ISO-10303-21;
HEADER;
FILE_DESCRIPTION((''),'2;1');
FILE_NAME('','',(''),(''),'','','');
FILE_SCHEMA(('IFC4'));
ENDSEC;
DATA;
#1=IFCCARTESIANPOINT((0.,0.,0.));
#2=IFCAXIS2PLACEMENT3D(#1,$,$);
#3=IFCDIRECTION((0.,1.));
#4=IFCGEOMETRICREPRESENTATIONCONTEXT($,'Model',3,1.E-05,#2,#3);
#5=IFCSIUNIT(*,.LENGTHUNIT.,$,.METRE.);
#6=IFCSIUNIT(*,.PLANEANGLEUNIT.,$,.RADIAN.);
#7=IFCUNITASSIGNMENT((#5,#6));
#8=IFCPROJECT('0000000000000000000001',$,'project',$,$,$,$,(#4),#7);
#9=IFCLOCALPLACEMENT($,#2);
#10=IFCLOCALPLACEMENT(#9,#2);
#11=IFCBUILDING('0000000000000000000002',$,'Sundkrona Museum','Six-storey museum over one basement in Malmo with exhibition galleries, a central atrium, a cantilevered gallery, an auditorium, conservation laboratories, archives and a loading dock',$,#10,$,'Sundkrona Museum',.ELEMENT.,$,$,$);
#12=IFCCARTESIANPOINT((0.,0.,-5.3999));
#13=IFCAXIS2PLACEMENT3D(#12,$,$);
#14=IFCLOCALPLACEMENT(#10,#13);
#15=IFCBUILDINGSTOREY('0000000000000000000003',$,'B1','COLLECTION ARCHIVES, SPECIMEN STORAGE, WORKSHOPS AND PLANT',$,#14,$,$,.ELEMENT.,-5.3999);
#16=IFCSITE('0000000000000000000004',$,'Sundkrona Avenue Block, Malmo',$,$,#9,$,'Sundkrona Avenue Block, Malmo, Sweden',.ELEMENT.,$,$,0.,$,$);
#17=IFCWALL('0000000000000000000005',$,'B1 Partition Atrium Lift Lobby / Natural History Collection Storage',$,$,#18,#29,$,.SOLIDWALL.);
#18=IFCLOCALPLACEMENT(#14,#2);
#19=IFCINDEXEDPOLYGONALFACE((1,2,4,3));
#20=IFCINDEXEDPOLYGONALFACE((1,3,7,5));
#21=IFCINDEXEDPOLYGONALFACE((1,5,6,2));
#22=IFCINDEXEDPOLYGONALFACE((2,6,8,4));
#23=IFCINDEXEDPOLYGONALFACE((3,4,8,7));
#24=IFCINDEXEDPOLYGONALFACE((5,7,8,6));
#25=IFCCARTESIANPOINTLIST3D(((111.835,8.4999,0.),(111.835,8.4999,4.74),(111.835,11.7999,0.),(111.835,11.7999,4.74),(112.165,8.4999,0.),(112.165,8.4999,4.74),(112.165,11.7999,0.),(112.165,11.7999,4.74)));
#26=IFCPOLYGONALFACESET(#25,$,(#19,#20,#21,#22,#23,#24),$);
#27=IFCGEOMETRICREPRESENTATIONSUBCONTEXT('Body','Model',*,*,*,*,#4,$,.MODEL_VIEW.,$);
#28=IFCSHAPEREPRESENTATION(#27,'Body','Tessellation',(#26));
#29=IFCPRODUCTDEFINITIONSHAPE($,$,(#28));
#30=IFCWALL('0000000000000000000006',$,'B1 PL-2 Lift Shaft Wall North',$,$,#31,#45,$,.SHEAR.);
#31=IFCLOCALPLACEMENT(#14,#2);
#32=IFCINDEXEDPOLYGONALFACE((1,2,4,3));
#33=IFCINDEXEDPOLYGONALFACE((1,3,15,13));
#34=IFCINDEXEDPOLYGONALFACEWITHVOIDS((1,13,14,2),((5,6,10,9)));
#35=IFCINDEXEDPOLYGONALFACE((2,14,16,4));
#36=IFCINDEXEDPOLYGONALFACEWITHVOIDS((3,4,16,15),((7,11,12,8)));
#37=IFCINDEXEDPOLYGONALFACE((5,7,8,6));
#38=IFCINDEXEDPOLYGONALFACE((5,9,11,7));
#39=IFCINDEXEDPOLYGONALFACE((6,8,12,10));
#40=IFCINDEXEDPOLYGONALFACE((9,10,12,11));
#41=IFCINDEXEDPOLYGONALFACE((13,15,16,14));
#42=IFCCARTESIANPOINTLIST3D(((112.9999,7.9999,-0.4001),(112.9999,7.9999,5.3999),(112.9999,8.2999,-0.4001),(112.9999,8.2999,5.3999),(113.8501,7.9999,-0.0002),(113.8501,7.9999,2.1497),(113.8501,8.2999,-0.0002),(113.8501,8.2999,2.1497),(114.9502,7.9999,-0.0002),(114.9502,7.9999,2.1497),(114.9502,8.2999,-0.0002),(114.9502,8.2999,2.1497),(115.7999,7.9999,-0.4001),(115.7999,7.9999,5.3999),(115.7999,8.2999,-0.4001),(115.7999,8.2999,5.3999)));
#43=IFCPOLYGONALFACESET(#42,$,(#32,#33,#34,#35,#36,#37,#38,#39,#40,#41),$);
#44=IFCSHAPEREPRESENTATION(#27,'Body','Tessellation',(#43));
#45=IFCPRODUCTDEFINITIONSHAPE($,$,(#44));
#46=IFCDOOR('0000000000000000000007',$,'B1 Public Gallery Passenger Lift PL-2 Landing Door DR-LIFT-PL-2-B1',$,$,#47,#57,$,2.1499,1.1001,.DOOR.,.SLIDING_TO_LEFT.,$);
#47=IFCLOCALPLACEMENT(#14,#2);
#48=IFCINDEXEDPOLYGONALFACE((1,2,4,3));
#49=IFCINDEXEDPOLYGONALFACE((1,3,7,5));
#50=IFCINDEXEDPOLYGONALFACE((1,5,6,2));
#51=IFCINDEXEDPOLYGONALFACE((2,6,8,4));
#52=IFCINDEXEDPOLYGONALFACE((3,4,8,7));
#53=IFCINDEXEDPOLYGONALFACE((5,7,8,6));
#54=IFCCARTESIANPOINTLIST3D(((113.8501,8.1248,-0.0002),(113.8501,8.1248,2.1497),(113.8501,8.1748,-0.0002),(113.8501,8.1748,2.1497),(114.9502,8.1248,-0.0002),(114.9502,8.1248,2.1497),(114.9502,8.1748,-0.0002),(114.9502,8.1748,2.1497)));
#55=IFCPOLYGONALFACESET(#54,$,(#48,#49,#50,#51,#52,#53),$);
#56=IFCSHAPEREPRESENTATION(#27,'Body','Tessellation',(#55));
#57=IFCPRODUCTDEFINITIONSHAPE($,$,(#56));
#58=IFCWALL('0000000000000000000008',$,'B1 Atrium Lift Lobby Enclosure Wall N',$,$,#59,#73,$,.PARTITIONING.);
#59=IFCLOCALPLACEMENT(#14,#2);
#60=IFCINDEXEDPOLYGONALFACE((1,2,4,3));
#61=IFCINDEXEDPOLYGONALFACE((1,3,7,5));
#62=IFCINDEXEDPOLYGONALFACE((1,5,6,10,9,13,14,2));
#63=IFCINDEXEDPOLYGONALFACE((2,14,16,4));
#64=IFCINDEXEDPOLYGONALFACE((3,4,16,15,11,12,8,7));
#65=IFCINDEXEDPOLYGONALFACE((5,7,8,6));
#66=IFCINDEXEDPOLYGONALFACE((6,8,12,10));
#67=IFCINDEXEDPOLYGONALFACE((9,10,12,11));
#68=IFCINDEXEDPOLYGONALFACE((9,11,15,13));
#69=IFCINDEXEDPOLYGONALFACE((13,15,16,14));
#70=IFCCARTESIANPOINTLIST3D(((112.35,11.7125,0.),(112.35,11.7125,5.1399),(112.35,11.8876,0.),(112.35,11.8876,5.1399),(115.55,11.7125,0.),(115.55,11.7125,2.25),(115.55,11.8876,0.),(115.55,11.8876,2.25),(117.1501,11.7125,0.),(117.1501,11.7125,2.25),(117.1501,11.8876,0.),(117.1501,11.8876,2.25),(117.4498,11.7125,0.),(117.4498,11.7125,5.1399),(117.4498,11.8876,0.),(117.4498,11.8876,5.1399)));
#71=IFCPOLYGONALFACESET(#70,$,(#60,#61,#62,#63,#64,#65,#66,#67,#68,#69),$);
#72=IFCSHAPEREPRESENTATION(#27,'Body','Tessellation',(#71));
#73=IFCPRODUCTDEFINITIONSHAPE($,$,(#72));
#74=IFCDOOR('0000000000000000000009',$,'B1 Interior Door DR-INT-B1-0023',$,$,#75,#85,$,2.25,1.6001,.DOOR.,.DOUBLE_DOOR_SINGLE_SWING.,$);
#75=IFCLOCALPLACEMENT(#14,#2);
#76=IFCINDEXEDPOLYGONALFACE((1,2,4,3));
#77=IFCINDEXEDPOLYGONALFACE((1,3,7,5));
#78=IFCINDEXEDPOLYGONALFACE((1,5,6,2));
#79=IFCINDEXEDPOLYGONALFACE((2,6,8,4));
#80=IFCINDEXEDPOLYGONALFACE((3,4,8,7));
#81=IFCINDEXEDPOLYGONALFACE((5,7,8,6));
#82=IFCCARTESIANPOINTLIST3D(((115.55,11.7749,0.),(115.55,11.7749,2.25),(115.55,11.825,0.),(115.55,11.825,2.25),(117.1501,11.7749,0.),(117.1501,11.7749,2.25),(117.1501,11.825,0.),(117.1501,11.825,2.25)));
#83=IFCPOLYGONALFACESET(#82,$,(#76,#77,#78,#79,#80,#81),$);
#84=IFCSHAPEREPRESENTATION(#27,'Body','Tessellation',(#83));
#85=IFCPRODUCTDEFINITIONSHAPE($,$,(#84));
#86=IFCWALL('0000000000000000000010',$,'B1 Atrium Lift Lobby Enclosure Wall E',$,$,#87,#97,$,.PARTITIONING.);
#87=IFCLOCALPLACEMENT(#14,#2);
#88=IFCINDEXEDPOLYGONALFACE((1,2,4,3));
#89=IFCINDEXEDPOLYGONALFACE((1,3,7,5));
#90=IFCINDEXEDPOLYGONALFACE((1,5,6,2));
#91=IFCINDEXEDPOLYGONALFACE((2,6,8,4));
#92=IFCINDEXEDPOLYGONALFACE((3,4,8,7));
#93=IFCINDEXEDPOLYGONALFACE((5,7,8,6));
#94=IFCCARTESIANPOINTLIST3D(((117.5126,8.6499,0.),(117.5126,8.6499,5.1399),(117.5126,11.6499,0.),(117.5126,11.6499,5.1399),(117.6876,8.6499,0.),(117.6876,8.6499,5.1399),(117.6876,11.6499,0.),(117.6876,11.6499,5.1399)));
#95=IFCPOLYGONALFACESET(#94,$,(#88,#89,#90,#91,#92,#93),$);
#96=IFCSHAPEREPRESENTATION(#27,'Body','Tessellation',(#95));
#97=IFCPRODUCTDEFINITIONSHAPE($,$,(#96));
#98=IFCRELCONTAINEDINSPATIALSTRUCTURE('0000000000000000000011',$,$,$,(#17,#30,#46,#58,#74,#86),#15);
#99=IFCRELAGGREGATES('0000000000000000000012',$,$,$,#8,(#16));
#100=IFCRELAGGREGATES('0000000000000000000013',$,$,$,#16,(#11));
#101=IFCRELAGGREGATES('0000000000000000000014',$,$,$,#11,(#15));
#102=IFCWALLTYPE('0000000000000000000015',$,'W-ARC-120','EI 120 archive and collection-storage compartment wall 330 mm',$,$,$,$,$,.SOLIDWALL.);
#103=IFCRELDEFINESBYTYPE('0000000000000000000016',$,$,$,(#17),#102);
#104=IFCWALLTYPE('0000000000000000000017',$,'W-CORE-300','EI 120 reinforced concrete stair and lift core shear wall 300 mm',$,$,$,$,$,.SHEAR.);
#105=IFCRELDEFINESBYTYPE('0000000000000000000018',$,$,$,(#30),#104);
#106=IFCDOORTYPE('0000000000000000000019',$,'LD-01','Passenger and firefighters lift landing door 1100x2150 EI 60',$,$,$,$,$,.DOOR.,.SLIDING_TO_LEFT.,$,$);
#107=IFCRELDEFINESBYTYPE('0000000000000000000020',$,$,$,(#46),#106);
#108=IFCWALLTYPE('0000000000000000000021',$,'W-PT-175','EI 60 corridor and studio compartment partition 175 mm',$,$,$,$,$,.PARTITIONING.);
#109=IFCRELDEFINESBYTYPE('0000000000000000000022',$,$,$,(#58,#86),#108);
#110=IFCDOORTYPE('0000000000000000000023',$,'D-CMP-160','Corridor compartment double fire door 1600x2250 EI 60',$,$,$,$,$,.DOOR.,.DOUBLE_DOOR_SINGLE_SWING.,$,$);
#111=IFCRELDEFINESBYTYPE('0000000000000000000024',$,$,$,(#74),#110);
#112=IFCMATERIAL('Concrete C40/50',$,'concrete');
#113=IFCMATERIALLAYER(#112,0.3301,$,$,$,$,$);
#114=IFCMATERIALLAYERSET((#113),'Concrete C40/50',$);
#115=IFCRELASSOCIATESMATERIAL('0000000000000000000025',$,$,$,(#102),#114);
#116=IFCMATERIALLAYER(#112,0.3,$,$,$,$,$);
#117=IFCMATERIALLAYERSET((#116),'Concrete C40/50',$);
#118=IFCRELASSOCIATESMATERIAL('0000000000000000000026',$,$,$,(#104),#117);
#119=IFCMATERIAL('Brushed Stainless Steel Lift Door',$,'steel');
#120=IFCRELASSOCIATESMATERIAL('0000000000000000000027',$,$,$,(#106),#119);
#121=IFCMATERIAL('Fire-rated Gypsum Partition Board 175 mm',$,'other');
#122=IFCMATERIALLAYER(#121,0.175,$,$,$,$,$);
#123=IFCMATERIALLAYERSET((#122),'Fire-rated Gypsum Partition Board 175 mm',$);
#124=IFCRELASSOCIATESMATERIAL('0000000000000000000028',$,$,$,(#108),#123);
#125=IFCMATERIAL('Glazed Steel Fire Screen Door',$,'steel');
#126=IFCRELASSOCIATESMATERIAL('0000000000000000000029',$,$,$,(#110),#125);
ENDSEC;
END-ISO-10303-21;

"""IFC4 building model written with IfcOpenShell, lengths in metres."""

from ifc_helpers import new_model, si_unit, direction, frame, frame_2d, origin, place, context, subcontext, project, spatial, rectangle, extrude, material, layer, layer_set, type_object, element, fill, save


model = new_model("IFC4")

# Units and contexts
model_context = context("Model", 3, precision=1e-05, world=origin(), true_north=direction((0.0, 1.0)))
body_context = subcontext(model_context, "Body", "Model", "MODEL_VIEW")
ifc_project = project(units=[si_unit("LENGTHUNIT", "METRE"), si_unit("PLANEANGLEUNIT", "RADIAN")], contexts=[model_context])

# Site, building, storey
site_placement = place(None, origin())
site = spatial("IfcSite", under=ifc_project, at=site_placement, Name="Sundkrona Avenue Block, Malmo", LongName="Sundkrona Avenue Block, Malmo, Sweden", CompositionType="ELEMENT", RefElevation=0.0)
building_placement = place(site_placement, origin())
building = spatial("IfcBuilding", under=site, at=building_placement, Name="Sundkrona Museum", Description="Six-storey museum over one basement in Malmo with exhibition galleries, a central atrium, a cantilevered gallery, an auditorium, conservation laboratories, archives and a loading dock", LongName="Sundkrona Museum", CompositionType="ELEMENT")
storey_placement = place(building_placement, frame((0.0, 0.0, -5.3999)))
storey = spatial("IfcBuildingStorey", under=building, at=storey_placement, Name="B1", Description="COLLECTION ARCHIVES, SPECIMEN STORAGE, WORKSHOPS AND PLANT", CompositionType="ELEMENT", Elevation=-5.3999)

# Shared definitions
ifc_material_1 = material(Name="Concrete C40/50", Category="concrete")

# Wall
ifc_layer_1 = layer(ifc_material_1, 0.3301)
ifc_layer_set_1 = layer_set([ifc_layer_1], Name="Concrete C40/50")
wall_type_1 = type_object("IfcWallType", Name="W-ARC-120", Description="EI 120 archive and collection-storage compartment wall 330 mm", PredefinedType="SOLIDWALL", material=ifc_layer_set_1)
wall_1_placement = place(storey_placement, frame((112.0, 8.5, 0.0), z_axis=(0.0, 0.0, 1.0), x_axis=(0.0, 1.0, 0.0)))
element("IfcWall", 1, at=wall_1_placement, inside=storey, type_object=wall_type_1, Name="B1 Partition Atrium Lift Lobby / Natural History Collection Storage", PredefinedType="SOLIDWALL", context=body_context, shape_type="SweptSolid", body=[
    extrude(rectangle(XDim=3.3, YDim=0.3301, at=frame_2d((1.6499, 0.0))), origin(), (0.0, 0.0, 1.0), 4.74),
])

# Walls, openings, doors
ifc_layer_2 = layer(ifc_material_1, 0.3)
ifc_layer_set_2 = layer_set([ifc_layer_2], Name="Concrete C40/50")
wall_type_2 = type_object("IfcWallType", Name="W-CORE-300", Description="EI 120 reinforced concrete stair and lift core shear wall 300 mm", PredefinedType="SHEAR", material=ifc_layer_set_2)
wall_2_placement = place(storey_placement, frame((113.0, 8.1499, -0.4001), z_axis=(0.0, 0.0, 1.0), x_axis=(1.0, 0.0, 0.0)))
wall_2 = element("IfcWall", 2, at=wall_2_placement, inside=storey, type_object=wall_type_2, Name="B1 PL-2 Lift Shaft Wall North", PredefinedType="SHEAR", context=body_context, shape_type="SweptSolid", body=[
    extrude(rectangle(XDim=2.8, YDim=0.3, at=frame_2d((1.3999, 0.0))), origin(), (0.0, 0.0, 1.0), 5.8),
])
opening_1_placement = place(wall_2_placement, frame((0.8501, 0.0, 0.3999)))
opening_1 = element("IfcOpeningElement", 3, at=opening_1_placement, cuts=wall_2, PredefinedType="OPENING", context=body_context, shape_type="SweptSolid", body=[
    extrude(rectangle(XDim=1.1001, YDim=2.1499, at=frame_2d((0.55, 1.075))), frame((0.0, 0.1599, 0.0), z_axis=(0.0, -1.0, 0.0), x_axis=(1.0, 0.0, 0.0)), (0.0, 0.0, 1.0), 0.3201),
])
ifc_material_2 = material(Name="Brushed Stainless Steel Lift Door", Category="steel")
door_type_1 = type_object("IfcDoorType", Name="LD-01", Description="Passenger and firefighters lift landing door 1100x2150 EI 60", OperationType="SLIDING_TO_LEFT", PredefinedType="DOOR", material=ifc_material_2)
door_1_placement = place(opening_1_placement, origin())
door_1 = element("IfcDoor", 4, at=door_1_placement, inside=storey, type_object=door_type_1, Name="B1 Public Gallery Passenger Lift PL-2 Landing Door DR-LIFT-PL-2-B1", OperationType="SLIDING_TO_LEFT", OverallHeight=2.1499, OverallWidth=1.1001, PredefinedType="DOOR", context=body_context, shape_type="SweptSolid", body=[
    extrude(rectangle(XDim=1.1001, YDim=2.1499, at=frame_2d((0.55, 1.075))), frame((0.0, 0.0249, 0.0), z_axis=(0.0, -1.0, 0.0), x_axis=(1.0, 0.0, 0.0)), (0.0, 0.0, 1.0), 0.05),
])
fill(opening_1, door_1)
ifc_material_3 = material(Name="Fire-rated Gypsum Partition Board 175 mm", Category="other")
ifc_layer_3 = layer(ifc_material_3, 0.175)
ifc_layer_set_3 = layer_set([ifc_layer_3], Name="Fire-rated Gypsum Partition Board 175 mm")
wall_type_3 = type_object("IfcWallType", Name="W-PT-175", Description="EI 60 corridor and studio compartment partition 175 mm", PredefinedType="PARTITIONING", material=ifc_layer_set_3)
wall_3_placement = place(storey_placement, frame((112.3501, 11.8, 0.0), z_axis=(0.0, 0.0, 1.0), x_axis=(1.0, 0.0, 0.0)))
wall_3 = element("IfcWall", 5, at=wall_3_placement, inside=storey, type_object=wall_type_3, Name="B1 Atrium Lift Lobby Enclosure Wall N", PredefinedType="PARTITIONING", context=body_context, shape_type="SweptSolid", body=[
    extrude(rectangle(XDim=5.0999, YDim=0.175, at=frame_2d((2.5498, 0.0))), origin(), (0.0, 0.0, 1.0), 5.1399),
])
opening_2_placement = place(wall_3_placement, frame((3.2, 0.0, 0.0)))
opening_2 = element("IfcOpeningElement", 6, at=opening_2_placement, cuts=wall_3, PredefinedType="OPENING", context=body_context, shape_type="SweptSolid", body=[
    extrude(rectangle(XDim=1.6001, YDim=2.25, at=frame_2d((0.8, 1.125))), frame((0.0, 0.0974, 0.0), z_axis=(0.0, -1.0, 0.0), x_axis=(1.0, 0.0, 0.0)), (0.0, 0.0, 1.0), 0.1951),
])
ifc_material_4 = material(Name="Glazed Steel Fire Screen Door", Category="steel")
door_type_2 = type_object("IfcDoorType", Name="D-CMP-160", Description="Corridor compartment double fire door 1600x2250 EI 60", OperationType="DOUBLE_DOOR_SINGLE_SWING", PredefinedType="DOOR", material=ifc_material_4)
door_2_placement = place(opening_2_placement, origin())
door_2 = element("IfcDoor", 7, at=door_2_placement, inside=storey, type_object=door_type_2, Name="B1 Interior Door DR-INT-B1-0023", OperationType="DOUBLE_DOOR_SINGLE_SWING", OverallHeight=2.25, OverallWidth=1.6001, PredefinedType="DOOR", context=body_context, shape_type="SweptSolid", body=[
    extrude(rectangle(XDim=1.6001, YDim=2.25, at=frame_2d((0.8, 1.125))), frame((0.0, 0.0249, 0.0), z_axis=(0.0, -1.0, 0.0), x_axis=(1.0, 0.0, 0.0)), (0.0, 0.0, 1.0), 0.05),
])
fill(opening_2, door_2)

# Wall
wall_4_placement = place(storey_placement, frame((117.6001, 8.6499, 0.0), z_axis=(0.0, 0.0, 1.0), x_axis=(0.0, 1.0, 0.0)))
element("IfcWall", 8, at=wall_4_placement, inside=storey, type_object=wall_type_3, Name="B1 Atrium Lift Lobby Enclosure Wall E", PredefinedType="PARTITIONING", context=body_context, shape_type="SweptSolid", body=[
    extrude(rectangle(XDim=3.0, YDim=0.175, at=frame_2d((1.5, 0.0))), origin(), (0.0, 0.0, 1.0), 5.1399),
])

save(model, "model.ifc")
